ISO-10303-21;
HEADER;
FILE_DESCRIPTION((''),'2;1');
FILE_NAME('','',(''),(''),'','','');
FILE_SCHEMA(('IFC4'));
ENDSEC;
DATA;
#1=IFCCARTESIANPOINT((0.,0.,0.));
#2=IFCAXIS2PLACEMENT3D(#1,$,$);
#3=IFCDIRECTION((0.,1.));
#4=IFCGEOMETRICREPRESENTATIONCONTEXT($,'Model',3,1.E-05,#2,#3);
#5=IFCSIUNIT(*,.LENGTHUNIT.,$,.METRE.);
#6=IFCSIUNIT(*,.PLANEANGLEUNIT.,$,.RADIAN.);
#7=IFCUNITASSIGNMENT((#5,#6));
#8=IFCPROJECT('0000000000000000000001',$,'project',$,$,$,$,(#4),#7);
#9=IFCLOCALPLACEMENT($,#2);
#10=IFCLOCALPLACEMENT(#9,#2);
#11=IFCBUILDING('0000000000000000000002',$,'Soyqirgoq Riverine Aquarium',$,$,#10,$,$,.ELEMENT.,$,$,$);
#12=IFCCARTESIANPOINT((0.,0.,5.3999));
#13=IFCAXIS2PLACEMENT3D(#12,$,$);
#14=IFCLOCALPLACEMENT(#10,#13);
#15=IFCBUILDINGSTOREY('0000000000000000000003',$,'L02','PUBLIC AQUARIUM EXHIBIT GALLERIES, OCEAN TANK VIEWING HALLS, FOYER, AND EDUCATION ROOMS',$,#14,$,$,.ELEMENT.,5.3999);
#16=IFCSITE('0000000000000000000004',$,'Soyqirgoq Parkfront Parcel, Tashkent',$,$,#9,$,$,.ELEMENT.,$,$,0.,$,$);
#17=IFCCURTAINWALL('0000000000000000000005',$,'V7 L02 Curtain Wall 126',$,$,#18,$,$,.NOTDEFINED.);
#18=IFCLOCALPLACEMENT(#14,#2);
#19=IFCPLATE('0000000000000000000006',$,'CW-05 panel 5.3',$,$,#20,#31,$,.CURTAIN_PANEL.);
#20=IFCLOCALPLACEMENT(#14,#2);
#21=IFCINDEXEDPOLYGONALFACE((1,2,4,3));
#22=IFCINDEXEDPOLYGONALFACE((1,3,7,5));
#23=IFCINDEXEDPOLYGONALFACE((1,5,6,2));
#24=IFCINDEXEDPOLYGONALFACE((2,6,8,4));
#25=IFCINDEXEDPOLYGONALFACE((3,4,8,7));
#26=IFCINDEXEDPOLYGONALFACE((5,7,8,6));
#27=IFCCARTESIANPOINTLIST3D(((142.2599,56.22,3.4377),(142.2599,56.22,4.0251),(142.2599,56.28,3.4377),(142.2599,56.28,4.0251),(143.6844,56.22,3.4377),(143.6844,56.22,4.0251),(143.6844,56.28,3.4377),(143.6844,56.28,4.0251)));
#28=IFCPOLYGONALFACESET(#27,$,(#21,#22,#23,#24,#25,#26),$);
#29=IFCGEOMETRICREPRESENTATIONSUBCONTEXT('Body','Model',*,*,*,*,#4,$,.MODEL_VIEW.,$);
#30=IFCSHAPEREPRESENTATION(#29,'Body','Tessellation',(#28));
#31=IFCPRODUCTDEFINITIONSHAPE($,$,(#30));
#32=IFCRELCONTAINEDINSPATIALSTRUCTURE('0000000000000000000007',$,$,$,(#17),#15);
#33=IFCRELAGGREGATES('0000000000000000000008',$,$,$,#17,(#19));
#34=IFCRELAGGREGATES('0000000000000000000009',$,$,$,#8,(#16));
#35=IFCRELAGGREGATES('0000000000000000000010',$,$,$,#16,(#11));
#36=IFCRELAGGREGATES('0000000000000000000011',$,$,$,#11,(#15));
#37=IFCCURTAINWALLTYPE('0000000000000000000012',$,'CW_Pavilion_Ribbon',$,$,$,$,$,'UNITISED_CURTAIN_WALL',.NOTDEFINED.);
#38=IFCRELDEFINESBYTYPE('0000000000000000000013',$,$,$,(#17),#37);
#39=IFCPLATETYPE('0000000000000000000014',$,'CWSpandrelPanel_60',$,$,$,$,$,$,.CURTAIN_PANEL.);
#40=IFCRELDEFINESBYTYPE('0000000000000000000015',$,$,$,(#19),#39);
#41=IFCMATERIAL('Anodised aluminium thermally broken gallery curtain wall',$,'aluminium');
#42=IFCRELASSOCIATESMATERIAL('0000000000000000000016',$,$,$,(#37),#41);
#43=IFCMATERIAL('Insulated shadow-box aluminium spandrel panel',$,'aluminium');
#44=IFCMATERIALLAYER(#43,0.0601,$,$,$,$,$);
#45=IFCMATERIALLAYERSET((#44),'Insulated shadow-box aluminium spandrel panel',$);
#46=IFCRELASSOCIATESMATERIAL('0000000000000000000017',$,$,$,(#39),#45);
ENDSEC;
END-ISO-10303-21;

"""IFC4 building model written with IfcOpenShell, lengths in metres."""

from ifc_helpers import new_model, si_unit, direction, frame, origin, origin_2d, place, context, subcontext, project, spatial, rectangle, extrude, material, layer, layer_set, type_object, element, aggregate, save


model = new_model("IFC4")

# Units and contexts
model_context = context("Model", 3, precision=1e-05, world=origin(), true_north=direction((0.0, 1.0)))
body_context = subcontext(model_context, "Body", "Model", "MODEL_VIEW")
ifc_project = project(units=[si_unit("LENGTHUNIT", "METRE"), si_unit("PLANEANGLEUNIT", "RADIAN")], contexts=[model_context])

# Site, building, storey
site_placement = place(None, origin())
site = spatial("IfcSite", under=ifc_project, at=site_placement, Name="Soyqirgoq Parkfront Parcel, Tashkent", CompositionType="ELEMENT", RefElevation=0.0)
building_placement = place(site_placement, origin())
building = spatial("IfcBuilding", under=site, at=building_placement, Name="Soyqirgoq Riverine Aquarium", CompositionType="ELEMENT")
storey_placement = place(building_placement, frame((0.0, 0.0, 5.3999)))
storey = spatial("IfcBuildingStorey", under=building, at=storey_placement, Name="L02", Description="PUBLIC AQUARIUM EXHIBIT GALLERIES, OCEAN TANK VIEWING HALLS, FOYER, AND EDUCATION ROOMS", CompositionType="ELEMENT", Elevation=5.3999)

# Curtain wall
ifc_material_1 = material(Name="Anodised aluminium thermally broken gallery curtain wall", Category="aluminium")
curtain_wall_type = type_object("IfcCurtainWallType", Name="CW_Pavilion_Ribbon", ElementType="UNITISED_CURTAIN_WALL", PredefinedType="NOTDEFINED", material=ifc_material_1)
curtain_wall_placement = place(storey_placement, origin())
curtain_wall = element("IfcCurtainWall", 1, at=curtain_wall_placement, inside=storey, type_object=curtain_wall_type, Name="V7 L02 Curtain Wall 126", PredefinedType="NOTDEFINED")

# Plate
ifc_material_2 = material(Name="Insulated shadow-box aluminium spandrel panel", Category="aluminium")
ifc_layer = layer(ifc_material_2, 0.0601)
ifc_layer_set = layer_set([ifc_layer], Name="Insulated shadow-box aluminium spandrel panel")
plate_type = type_object("IfcPlateType", Name="CWSpandrelPanel_60", PredefinedType="CURTAIN_PANEL", material=ifc_layer_set)
plate_1_placement = place(storey_placement, frame((142.9722, 56.25, 3.4377), z_axis=(0.0, 0.0, 1.0), x_axis=(-1.0, 0.0, 0.0)))
plate_1 = element("IfcPlate", 2, at=plate_1_placement, type_object=plate_type, Name="CW-05 panel 5.3", PredefinedType="CURTAIN_PANEL", context=body_context, shape_type="SweptSolid", body=[
    extrude(rectangle(XDim=1.4246, YDim=0.0601, at=origin_2d()), origin(), (0.0, 0.0, 1.0), 0.5874),
])
aggregate(curtain_wall, [plate_1])

save(model, "model.ifc")
